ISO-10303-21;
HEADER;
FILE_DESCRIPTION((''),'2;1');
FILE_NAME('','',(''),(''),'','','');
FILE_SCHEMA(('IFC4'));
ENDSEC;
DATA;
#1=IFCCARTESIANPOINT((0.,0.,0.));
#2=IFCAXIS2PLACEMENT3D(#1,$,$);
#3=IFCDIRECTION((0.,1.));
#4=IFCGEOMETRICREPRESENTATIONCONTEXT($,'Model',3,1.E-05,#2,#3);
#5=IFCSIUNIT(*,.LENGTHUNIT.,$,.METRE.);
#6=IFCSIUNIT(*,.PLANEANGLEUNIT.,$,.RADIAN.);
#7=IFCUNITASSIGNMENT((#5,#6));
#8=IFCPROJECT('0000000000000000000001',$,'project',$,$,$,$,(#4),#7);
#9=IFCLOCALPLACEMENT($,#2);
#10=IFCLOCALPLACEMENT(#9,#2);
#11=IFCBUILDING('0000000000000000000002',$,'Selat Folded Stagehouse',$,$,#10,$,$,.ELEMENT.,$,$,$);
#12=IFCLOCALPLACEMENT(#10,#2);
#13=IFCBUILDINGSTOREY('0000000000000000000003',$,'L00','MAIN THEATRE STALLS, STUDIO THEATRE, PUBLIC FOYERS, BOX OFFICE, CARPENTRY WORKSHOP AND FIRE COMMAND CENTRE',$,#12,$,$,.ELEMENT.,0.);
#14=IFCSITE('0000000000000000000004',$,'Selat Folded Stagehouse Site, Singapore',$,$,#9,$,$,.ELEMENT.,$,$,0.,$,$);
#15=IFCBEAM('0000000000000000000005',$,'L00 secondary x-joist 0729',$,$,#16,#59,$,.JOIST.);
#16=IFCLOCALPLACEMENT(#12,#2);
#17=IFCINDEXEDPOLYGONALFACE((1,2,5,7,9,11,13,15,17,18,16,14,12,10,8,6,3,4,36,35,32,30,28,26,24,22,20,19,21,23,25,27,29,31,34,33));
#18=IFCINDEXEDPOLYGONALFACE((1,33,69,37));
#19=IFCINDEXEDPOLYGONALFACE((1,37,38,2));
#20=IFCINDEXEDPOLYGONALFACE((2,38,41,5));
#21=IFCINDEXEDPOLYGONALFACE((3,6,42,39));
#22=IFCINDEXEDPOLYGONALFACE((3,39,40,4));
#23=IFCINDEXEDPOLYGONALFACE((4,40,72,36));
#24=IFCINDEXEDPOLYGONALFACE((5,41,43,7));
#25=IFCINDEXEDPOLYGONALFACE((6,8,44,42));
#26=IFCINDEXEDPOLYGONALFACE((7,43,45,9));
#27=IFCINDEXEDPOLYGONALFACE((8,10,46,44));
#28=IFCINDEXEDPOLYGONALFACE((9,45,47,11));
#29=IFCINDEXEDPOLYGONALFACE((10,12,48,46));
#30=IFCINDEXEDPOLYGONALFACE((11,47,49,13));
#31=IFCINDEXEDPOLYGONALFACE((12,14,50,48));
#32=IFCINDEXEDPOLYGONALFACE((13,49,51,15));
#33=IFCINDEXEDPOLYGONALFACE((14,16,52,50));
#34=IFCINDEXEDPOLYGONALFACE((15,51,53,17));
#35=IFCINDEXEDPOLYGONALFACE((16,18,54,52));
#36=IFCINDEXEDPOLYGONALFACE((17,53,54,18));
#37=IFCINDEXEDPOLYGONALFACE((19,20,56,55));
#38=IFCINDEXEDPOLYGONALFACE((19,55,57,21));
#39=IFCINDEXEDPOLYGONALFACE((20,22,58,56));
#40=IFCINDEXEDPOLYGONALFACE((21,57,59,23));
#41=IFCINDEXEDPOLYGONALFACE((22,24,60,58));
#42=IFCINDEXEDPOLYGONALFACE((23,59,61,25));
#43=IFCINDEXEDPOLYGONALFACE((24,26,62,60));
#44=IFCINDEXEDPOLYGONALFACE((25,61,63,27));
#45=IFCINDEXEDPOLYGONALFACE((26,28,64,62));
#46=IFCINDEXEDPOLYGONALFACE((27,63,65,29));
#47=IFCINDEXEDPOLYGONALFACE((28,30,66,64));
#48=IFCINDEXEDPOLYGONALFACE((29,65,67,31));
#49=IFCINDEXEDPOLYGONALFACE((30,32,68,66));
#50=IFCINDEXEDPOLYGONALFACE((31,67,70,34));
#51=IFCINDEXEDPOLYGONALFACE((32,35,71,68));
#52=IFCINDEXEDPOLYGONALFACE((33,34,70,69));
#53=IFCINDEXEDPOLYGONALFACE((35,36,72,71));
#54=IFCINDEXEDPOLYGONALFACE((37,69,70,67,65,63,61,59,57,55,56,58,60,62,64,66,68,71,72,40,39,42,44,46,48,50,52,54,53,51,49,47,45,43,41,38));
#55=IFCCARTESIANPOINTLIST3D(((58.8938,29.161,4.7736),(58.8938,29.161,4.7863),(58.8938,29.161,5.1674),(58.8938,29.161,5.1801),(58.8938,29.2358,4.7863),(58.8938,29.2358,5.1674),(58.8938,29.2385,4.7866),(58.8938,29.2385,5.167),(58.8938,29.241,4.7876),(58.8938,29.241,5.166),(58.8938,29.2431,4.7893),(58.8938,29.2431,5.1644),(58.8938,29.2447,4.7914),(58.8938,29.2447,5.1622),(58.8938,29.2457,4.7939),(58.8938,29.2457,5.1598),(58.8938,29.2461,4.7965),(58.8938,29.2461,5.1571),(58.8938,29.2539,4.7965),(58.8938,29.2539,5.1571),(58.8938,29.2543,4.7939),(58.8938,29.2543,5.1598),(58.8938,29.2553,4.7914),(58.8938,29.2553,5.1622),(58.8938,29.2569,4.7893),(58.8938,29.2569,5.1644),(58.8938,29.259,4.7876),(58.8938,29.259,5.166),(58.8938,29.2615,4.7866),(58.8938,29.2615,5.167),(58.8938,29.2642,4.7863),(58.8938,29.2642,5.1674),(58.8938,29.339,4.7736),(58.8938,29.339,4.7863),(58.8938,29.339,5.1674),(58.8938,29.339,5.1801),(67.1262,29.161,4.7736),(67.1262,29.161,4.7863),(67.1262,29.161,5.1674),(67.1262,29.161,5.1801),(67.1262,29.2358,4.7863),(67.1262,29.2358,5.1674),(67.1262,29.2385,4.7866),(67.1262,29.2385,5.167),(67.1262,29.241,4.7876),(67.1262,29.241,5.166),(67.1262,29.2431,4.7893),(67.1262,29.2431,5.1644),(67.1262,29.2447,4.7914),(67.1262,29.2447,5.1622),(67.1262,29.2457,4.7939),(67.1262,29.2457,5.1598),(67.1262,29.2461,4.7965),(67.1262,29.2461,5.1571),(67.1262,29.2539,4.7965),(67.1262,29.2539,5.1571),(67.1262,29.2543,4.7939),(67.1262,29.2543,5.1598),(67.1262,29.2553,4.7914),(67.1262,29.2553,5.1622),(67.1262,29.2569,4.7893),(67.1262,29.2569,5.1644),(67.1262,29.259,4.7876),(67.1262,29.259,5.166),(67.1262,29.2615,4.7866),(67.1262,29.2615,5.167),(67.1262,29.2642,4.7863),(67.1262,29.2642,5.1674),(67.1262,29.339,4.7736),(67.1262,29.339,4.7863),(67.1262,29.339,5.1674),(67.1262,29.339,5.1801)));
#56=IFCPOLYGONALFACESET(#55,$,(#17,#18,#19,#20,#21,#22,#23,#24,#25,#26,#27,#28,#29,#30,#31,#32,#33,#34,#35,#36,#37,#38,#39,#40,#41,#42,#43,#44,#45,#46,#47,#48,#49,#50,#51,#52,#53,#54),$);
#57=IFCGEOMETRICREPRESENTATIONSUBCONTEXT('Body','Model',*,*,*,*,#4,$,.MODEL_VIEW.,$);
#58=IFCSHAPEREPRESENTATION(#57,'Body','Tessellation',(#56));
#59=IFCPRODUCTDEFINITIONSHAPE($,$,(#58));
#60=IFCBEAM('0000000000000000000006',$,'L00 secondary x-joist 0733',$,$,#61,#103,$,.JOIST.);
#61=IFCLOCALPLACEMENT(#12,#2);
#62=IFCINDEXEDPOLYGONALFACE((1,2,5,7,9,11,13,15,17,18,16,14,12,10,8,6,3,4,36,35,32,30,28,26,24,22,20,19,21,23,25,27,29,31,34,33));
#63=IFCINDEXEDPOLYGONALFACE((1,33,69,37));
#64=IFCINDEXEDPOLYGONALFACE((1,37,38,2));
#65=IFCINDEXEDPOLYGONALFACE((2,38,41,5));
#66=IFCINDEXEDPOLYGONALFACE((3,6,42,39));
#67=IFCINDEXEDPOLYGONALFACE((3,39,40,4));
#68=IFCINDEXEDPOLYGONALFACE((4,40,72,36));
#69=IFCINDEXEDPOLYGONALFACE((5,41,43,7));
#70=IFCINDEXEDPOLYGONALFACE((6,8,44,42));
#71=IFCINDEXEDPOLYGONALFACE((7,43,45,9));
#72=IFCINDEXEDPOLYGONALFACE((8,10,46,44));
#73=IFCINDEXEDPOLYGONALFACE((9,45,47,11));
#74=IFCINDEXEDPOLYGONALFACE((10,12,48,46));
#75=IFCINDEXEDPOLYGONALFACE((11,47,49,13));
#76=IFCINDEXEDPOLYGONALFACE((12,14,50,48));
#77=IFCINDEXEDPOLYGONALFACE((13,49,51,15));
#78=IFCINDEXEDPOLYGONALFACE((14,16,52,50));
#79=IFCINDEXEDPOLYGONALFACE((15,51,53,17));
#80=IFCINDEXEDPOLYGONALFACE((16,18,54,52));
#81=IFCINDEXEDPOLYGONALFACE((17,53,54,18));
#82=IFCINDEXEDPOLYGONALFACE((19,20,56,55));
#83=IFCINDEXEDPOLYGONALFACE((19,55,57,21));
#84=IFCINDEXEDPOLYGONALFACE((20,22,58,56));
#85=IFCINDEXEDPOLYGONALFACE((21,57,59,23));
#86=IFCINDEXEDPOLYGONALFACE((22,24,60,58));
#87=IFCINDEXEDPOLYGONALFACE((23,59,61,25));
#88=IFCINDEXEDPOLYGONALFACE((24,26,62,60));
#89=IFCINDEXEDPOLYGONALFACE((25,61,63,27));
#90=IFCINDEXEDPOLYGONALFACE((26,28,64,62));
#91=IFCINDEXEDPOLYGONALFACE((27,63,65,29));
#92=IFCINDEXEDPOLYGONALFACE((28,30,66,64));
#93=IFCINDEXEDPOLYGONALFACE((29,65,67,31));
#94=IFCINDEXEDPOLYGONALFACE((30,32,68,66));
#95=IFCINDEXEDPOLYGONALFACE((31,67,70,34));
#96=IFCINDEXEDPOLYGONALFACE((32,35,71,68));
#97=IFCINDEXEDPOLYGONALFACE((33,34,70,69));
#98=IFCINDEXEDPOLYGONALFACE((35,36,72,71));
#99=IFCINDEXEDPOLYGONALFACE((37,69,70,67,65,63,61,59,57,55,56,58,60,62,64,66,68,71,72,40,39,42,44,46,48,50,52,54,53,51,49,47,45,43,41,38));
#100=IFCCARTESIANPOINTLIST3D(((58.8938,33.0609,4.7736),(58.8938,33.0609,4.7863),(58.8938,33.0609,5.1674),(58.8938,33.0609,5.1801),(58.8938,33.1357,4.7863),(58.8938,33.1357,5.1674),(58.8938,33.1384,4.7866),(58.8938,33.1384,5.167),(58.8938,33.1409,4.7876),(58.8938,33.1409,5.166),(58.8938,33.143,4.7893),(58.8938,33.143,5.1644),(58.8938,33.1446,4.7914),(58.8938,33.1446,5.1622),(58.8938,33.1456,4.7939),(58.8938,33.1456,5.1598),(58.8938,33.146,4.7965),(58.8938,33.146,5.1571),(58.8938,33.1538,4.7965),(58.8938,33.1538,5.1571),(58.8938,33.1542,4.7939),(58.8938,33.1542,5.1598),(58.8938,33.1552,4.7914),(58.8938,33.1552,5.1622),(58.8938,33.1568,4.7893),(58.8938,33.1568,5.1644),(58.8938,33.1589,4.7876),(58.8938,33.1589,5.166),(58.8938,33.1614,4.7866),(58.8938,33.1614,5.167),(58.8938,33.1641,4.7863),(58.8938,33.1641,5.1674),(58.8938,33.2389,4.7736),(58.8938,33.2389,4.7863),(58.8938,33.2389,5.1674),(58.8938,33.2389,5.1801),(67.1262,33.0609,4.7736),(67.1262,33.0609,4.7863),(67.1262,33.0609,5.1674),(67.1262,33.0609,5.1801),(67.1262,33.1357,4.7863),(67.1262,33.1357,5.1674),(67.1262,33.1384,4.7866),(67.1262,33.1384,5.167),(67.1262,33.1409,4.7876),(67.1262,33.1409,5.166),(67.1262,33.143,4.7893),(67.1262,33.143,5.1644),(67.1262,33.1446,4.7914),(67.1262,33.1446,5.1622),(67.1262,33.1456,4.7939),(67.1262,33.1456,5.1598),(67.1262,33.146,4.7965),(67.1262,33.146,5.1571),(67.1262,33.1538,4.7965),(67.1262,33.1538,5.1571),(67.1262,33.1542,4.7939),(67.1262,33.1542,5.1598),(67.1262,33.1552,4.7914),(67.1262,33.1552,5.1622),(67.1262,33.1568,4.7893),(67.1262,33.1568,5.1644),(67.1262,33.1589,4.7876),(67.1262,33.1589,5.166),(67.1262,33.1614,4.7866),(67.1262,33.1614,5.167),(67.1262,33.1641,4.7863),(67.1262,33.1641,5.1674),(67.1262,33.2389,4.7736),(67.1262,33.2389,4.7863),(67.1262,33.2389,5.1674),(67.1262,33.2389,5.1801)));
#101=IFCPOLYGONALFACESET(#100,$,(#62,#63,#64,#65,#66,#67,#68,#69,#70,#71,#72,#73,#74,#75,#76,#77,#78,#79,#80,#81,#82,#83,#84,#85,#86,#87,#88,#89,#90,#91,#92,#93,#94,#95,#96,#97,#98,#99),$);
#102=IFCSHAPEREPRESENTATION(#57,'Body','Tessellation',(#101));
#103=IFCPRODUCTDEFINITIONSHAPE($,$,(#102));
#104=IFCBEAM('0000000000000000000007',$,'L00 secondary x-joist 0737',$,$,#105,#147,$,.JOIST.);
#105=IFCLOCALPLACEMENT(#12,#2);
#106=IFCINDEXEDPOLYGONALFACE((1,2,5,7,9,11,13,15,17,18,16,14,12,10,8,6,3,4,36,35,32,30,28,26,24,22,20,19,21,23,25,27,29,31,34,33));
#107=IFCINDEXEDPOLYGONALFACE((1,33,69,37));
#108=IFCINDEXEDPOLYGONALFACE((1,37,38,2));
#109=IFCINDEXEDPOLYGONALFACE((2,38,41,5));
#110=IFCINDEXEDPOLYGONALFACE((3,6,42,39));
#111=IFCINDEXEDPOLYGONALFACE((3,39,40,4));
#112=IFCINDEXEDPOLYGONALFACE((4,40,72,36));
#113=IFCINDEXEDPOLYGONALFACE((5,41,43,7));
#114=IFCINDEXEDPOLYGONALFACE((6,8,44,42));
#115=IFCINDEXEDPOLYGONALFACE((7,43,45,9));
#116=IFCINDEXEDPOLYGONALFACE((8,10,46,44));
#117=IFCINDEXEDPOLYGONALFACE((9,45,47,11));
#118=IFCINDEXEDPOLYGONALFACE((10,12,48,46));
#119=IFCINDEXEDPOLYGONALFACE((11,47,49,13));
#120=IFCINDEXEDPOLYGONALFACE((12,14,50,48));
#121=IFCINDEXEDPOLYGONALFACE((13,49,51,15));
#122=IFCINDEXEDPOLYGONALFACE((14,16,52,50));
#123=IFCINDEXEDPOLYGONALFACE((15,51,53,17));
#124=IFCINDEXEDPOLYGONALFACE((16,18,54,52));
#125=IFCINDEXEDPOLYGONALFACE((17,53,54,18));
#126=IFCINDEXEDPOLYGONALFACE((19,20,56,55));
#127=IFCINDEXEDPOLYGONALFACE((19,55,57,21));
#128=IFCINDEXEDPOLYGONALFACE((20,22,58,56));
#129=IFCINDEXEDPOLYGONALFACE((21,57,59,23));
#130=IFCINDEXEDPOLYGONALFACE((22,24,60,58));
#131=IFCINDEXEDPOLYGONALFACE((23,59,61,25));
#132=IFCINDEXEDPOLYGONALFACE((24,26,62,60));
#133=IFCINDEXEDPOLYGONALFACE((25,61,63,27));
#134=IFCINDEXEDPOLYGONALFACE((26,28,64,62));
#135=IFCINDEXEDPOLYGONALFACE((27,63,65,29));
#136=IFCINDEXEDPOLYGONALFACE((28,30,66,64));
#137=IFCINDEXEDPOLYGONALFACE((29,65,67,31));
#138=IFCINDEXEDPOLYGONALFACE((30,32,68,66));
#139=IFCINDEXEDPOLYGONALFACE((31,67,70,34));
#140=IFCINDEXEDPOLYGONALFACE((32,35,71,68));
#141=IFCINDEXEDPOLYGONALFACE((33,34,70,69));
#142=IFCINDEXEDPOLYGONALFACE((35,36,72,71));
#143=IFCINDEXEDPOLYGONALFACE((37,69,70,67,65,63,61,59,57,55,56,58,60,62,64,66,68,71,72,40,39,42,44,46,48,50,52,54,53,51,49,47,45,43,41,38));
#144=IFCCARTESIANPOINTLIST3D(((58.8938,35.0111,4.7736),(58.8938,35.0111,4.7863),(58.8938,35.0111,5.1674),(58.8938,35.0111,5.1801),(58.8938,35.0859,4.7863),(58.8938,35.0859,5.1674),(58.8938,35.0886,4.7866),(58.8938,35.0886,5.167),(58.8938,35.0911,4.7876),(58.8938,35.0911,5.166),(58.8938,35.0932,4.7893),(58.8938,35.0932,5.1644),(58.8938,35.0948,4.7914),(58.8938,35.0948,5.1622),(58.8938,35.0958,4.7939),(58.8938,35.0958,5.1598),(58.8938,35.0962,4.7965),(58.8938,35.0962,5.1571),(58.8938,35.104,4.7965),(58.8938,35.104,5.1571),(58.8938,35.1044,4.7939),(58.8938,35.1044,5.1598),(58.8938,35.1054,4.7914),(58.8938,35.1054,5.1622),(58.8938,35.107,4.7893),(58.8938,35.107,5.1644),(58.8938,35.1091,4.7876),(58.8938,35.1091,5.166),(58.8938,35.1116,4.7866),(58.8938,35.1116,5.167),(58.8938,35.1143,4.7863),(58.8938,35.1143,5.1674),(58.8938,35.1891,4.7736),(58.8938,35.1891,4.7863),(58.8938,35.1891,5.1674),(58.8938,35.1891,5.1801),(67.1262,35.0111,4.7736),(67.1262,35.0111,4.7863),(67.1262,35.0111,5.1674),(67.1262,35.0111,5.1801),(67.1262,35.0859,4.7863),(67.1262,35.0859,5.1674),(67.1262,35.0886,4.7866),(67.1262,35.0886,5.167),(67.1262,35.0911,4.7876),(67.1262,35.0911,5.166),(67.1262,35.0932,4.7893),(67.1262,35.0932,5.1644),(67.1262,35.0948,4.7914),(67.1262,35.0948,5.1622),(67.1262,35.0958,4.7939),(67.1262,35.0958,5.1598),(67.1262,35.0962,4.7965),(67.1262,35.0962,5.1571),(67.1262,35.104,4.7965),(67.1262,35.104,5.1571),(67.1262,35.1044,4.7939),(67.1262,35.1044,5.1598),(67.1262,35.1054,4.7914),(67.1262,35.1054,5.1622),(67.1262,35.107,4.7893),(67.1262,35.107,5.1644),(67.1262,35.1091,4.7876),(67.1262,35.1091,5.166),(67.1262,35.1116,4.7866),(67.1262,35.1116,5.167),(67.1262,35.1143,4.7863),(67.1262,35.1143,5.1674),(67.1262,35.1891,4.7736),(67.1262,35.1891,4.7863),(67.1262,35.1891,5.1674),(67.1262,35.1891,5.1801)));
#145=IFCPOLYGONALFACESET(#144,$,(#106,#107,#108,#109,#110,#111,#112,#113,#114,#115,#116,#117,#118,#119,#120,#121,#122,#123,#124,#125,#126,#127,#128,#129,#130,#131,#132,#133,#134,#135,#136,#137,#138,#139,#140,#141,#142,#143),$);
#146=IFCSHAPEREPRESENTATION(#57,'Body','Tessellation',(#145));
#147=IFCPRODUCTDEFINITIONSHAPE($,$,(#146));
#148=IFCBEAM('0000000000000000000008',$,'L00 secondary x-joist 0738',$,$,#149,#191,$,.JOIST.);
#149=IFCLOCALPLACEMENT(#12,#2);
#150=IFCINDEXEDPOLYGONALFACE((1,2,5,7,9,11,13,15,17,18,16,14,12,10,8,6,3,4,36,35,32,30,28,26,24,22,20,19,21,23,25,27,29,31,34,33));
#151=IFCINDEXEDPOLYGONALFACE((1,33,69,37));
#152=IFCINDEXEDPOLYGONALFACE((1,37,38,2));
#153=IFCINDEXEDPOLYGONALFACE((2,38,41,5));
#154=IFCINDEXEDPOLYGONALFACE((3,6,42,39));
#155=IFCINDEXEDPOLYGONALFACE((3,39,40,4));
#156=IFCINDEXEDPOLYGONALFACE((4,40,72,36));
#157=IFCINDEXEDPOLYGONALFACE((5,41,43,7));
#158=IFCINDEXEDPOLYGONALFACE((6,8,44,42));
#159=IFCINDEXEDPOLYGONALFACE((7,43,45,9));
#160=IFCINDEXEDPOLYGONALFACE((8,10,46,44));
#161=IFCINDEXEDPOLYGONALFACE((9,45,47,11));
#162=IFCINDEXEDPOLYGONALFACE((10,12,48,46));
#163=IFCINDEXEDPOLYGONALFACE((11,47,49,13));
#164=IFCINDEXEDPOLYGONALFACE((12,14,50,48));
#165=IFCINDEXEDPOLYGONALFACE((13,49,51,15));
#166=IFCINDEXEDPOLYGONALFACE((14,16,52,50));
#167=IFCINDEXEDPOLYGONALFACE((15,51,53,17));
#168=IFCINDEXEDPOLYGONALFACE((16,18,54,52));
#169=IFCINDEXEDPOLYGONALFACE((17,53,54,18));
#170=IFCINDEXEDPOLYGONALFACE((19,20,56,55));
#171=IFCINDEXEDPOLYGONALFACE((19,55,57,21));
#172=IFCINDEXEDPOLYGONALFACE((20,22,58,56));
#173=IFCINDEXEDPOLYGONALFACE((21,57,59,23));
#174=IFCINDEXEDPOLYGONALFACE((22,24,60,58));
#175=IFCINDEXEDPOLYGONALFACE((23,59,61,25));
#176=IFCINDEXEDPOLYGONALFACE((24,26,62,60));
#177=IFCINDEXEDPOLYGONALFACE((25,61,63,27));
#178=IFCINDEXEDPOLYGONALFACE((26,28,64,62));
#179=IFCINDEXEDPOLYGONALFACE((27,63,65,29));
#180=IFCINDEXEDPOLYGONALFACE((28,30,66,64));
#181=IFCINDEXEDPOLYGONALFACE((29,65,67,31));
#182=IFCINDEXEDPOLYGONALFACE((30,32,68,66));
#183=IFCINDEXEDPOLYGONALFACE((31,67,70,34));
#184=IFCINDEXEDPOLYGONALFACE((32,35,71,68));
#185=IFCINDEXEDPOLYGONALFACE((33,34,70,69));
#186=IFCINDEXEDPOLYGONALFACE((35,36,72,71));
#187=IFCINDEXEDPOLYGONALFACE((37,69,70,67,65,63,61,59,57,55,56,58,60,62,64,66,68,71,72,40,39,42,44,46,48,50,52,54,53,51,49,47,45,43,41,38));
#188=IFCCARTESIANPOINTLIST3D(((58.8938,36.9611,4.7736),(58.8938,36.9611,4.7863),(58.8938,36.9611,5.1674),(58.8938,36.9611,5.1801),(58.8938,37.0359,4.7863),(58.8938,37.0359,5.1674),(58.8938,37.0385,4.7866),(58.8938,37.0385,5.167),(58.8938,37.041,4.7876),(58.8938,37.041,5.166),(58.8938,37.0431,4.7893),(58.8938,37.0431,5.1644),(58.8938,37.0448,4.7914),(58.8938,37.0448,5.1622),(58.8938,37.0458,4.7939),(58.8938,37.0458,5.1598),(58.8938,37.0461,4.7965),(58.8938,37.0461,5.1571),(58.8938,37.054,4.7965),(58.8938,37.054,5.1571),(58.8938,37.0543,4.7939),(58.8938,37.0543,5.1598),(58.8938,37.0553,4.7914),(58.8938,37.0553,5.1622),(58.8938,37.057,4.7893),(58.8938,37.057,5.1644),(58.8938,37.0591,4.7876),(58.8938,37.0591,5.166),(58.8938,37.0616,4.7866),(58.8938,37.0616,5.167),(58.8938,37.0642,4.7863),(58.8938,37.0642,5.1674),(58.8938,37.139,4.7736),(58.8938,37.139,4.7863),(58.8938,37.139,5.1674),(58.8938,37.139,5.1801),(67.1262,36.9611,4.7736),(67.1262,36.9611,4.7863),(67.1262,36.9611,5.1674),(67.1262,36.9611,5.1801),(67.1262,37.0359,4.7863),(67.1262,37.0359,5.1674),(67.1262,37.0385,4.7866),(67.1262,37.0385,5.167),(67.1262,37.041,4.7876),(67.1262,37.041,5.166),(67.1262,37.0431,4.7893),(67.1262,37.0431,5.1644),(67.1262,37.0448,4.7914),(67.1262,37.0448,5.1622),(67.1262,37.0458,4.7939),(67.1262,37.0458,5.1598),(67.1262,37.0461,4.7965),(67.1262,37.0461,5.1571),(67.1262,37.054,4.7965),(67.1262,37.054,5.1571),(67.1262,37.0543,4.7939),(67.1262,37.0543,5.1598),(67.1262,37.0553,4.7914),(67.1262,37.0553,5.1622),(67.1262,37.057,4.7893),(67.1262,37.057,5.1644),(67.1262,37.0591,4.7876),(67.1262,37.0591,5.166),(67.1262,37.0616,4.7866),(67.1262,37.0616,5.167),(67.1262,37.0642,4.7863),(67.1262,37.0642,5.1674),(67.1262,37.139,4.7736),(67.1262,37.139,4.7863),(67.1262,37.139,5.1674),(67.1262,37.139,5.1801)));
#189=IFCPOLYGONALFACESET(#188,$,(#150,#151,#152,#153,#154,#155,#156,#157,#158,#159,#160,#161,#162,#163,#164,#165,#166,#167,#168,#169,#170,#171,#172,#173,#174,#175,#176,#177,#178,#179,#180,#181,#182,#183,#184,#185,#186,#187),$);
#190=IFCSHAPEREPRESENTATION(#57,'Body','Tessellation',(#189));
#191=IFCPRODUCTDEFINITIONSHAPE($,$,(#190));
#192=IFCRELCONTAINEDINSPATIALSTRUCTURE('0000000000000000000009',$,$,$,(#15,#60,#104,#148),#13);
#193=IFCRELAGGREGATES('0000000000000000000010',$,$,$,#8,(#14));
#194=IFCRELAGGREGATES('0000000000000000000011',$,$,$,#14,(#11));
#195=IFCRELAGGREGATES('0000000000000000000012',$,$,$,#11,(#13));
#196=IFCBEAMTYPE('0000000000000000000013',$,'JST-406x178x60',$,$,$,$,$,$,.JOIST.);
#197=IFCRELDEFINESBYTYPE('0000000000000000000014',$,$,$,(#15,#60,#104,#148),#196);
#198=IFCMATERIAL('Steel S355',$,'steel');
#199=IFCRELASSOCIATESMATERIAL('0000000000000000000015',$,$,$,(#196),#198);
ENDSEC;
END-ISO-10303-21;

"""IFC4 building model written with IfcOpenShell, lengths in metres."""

from ifc_helpers import new_model, si_unit, direction, frame, origin, origin_2d, place, context, subcontext, project, spatial, i_section, extrude, material, material_profile, profile_set, type_object, element, save


model = new_model("IFC4")

# Units and contexts
model_context = context("Model", 3, precision=1e-05, world=origin(), true_north=direction((0.0, 1.0)))
body_context = subcontext(model_context, "Body", "Model", "MODEL_VIEW")
ifc_project = project(units=[si_unit("LENGTHUNIT", "METRE"), si_unit("PLANEANGLEUNIT", "RADIAN")], contexts=[model_context])

# Site, building, storey
site_placement = place(None, origin())
site = spatial("IfcSite", under=ifc_project, at=site_placement, Name="Selat Folded Stagehouse Site, Singapore", CompositionType="ELEMENT", RefElevation=0.0)
building_placement = place(site_placement, origin())
building = spatial("IfcBuilding", under=site, at=building_placement, Name="Selat Folded Stagehouse", CompositionType="ELEMENT")
storey_placement = place(building_placement, origin())
storey = spatial("IfcBuildingStorey", under=building, at=storey_placement, Name="L00", Description="MAIN THEATRE STALLS, STUDIO THEATRE, PUBLIC FOYERS, BOX OFFICE, CARPENTRY WORKSHOP AND FIRE COMMAND CENTRE", CompositionType="ELEMENT", Elevation=0.0)

# Shared definitions
ifc_material_1 = material(Name="Steel S355", Category="steel")

# Beams
ifc_material_profile_1 = material_profile(ifc_material_1, i_section(OverallWidth=0.178, OverallDepth=0.4065, WebThickness=0.0078, FlangeThickness=0.0127, FilletRadius=0.0103, at=origin_2d()), Name="UKB 406x178x60")
ifc_profile_set_1 = profile_set([ifc_material_profile_1], Name="Steel S355")
beam_type_1 = type_object("IfcBeamType", Name="JST-406x178x60", PredefinedType="JOIST", material=ifc_profile_set_1)
for number, where, z_axis, x_axis, name in (
    (1, (58.8938, 29.25, 4.9768), (1.0, 0.0, 0.0), (0.0, 1.0, 0.0), "L00 secondary x-joist 0729"),
    (2, (58.8938, 33.1499, 4.9768), (1.0, 0.0, 0.0), (0.0, 1.0, 0.0), "L00 secondary x-joist 0733"),
    (3, (58.8938, 35.1001, 4.9768), (1.0, 0.0, 0.0), (0.0, 1.0, 0.0), "L00 secondary x-joist 0737"),
    (4, (58.8938, 37.05, 4.9768), (1.0, 0.0, 0.0), (0.0, 1.0, 0.0), "L00 secondary x-joist 0738"),
):
    element("IfcBeam", number, at=place(storey_placement, frame(where, z_axis=z_axis, x_axis=x_axis)), inside=storey, type_object=beam_type_1, Name=name, PredefinedType="JOIST", context=body_context, shape_type="SweptSolid", body=[
        extrude(i_section(OverallWidth=0.178, OverallDepth=0.4065, WebThickness=0.0078, FlangeThickness=0.0127, FilletRadius=0.0103, at=origin_2d()), origin(), (0.0, 0.0, 1.0), 8.2324),
    ])

save(model, "model.ifc")
